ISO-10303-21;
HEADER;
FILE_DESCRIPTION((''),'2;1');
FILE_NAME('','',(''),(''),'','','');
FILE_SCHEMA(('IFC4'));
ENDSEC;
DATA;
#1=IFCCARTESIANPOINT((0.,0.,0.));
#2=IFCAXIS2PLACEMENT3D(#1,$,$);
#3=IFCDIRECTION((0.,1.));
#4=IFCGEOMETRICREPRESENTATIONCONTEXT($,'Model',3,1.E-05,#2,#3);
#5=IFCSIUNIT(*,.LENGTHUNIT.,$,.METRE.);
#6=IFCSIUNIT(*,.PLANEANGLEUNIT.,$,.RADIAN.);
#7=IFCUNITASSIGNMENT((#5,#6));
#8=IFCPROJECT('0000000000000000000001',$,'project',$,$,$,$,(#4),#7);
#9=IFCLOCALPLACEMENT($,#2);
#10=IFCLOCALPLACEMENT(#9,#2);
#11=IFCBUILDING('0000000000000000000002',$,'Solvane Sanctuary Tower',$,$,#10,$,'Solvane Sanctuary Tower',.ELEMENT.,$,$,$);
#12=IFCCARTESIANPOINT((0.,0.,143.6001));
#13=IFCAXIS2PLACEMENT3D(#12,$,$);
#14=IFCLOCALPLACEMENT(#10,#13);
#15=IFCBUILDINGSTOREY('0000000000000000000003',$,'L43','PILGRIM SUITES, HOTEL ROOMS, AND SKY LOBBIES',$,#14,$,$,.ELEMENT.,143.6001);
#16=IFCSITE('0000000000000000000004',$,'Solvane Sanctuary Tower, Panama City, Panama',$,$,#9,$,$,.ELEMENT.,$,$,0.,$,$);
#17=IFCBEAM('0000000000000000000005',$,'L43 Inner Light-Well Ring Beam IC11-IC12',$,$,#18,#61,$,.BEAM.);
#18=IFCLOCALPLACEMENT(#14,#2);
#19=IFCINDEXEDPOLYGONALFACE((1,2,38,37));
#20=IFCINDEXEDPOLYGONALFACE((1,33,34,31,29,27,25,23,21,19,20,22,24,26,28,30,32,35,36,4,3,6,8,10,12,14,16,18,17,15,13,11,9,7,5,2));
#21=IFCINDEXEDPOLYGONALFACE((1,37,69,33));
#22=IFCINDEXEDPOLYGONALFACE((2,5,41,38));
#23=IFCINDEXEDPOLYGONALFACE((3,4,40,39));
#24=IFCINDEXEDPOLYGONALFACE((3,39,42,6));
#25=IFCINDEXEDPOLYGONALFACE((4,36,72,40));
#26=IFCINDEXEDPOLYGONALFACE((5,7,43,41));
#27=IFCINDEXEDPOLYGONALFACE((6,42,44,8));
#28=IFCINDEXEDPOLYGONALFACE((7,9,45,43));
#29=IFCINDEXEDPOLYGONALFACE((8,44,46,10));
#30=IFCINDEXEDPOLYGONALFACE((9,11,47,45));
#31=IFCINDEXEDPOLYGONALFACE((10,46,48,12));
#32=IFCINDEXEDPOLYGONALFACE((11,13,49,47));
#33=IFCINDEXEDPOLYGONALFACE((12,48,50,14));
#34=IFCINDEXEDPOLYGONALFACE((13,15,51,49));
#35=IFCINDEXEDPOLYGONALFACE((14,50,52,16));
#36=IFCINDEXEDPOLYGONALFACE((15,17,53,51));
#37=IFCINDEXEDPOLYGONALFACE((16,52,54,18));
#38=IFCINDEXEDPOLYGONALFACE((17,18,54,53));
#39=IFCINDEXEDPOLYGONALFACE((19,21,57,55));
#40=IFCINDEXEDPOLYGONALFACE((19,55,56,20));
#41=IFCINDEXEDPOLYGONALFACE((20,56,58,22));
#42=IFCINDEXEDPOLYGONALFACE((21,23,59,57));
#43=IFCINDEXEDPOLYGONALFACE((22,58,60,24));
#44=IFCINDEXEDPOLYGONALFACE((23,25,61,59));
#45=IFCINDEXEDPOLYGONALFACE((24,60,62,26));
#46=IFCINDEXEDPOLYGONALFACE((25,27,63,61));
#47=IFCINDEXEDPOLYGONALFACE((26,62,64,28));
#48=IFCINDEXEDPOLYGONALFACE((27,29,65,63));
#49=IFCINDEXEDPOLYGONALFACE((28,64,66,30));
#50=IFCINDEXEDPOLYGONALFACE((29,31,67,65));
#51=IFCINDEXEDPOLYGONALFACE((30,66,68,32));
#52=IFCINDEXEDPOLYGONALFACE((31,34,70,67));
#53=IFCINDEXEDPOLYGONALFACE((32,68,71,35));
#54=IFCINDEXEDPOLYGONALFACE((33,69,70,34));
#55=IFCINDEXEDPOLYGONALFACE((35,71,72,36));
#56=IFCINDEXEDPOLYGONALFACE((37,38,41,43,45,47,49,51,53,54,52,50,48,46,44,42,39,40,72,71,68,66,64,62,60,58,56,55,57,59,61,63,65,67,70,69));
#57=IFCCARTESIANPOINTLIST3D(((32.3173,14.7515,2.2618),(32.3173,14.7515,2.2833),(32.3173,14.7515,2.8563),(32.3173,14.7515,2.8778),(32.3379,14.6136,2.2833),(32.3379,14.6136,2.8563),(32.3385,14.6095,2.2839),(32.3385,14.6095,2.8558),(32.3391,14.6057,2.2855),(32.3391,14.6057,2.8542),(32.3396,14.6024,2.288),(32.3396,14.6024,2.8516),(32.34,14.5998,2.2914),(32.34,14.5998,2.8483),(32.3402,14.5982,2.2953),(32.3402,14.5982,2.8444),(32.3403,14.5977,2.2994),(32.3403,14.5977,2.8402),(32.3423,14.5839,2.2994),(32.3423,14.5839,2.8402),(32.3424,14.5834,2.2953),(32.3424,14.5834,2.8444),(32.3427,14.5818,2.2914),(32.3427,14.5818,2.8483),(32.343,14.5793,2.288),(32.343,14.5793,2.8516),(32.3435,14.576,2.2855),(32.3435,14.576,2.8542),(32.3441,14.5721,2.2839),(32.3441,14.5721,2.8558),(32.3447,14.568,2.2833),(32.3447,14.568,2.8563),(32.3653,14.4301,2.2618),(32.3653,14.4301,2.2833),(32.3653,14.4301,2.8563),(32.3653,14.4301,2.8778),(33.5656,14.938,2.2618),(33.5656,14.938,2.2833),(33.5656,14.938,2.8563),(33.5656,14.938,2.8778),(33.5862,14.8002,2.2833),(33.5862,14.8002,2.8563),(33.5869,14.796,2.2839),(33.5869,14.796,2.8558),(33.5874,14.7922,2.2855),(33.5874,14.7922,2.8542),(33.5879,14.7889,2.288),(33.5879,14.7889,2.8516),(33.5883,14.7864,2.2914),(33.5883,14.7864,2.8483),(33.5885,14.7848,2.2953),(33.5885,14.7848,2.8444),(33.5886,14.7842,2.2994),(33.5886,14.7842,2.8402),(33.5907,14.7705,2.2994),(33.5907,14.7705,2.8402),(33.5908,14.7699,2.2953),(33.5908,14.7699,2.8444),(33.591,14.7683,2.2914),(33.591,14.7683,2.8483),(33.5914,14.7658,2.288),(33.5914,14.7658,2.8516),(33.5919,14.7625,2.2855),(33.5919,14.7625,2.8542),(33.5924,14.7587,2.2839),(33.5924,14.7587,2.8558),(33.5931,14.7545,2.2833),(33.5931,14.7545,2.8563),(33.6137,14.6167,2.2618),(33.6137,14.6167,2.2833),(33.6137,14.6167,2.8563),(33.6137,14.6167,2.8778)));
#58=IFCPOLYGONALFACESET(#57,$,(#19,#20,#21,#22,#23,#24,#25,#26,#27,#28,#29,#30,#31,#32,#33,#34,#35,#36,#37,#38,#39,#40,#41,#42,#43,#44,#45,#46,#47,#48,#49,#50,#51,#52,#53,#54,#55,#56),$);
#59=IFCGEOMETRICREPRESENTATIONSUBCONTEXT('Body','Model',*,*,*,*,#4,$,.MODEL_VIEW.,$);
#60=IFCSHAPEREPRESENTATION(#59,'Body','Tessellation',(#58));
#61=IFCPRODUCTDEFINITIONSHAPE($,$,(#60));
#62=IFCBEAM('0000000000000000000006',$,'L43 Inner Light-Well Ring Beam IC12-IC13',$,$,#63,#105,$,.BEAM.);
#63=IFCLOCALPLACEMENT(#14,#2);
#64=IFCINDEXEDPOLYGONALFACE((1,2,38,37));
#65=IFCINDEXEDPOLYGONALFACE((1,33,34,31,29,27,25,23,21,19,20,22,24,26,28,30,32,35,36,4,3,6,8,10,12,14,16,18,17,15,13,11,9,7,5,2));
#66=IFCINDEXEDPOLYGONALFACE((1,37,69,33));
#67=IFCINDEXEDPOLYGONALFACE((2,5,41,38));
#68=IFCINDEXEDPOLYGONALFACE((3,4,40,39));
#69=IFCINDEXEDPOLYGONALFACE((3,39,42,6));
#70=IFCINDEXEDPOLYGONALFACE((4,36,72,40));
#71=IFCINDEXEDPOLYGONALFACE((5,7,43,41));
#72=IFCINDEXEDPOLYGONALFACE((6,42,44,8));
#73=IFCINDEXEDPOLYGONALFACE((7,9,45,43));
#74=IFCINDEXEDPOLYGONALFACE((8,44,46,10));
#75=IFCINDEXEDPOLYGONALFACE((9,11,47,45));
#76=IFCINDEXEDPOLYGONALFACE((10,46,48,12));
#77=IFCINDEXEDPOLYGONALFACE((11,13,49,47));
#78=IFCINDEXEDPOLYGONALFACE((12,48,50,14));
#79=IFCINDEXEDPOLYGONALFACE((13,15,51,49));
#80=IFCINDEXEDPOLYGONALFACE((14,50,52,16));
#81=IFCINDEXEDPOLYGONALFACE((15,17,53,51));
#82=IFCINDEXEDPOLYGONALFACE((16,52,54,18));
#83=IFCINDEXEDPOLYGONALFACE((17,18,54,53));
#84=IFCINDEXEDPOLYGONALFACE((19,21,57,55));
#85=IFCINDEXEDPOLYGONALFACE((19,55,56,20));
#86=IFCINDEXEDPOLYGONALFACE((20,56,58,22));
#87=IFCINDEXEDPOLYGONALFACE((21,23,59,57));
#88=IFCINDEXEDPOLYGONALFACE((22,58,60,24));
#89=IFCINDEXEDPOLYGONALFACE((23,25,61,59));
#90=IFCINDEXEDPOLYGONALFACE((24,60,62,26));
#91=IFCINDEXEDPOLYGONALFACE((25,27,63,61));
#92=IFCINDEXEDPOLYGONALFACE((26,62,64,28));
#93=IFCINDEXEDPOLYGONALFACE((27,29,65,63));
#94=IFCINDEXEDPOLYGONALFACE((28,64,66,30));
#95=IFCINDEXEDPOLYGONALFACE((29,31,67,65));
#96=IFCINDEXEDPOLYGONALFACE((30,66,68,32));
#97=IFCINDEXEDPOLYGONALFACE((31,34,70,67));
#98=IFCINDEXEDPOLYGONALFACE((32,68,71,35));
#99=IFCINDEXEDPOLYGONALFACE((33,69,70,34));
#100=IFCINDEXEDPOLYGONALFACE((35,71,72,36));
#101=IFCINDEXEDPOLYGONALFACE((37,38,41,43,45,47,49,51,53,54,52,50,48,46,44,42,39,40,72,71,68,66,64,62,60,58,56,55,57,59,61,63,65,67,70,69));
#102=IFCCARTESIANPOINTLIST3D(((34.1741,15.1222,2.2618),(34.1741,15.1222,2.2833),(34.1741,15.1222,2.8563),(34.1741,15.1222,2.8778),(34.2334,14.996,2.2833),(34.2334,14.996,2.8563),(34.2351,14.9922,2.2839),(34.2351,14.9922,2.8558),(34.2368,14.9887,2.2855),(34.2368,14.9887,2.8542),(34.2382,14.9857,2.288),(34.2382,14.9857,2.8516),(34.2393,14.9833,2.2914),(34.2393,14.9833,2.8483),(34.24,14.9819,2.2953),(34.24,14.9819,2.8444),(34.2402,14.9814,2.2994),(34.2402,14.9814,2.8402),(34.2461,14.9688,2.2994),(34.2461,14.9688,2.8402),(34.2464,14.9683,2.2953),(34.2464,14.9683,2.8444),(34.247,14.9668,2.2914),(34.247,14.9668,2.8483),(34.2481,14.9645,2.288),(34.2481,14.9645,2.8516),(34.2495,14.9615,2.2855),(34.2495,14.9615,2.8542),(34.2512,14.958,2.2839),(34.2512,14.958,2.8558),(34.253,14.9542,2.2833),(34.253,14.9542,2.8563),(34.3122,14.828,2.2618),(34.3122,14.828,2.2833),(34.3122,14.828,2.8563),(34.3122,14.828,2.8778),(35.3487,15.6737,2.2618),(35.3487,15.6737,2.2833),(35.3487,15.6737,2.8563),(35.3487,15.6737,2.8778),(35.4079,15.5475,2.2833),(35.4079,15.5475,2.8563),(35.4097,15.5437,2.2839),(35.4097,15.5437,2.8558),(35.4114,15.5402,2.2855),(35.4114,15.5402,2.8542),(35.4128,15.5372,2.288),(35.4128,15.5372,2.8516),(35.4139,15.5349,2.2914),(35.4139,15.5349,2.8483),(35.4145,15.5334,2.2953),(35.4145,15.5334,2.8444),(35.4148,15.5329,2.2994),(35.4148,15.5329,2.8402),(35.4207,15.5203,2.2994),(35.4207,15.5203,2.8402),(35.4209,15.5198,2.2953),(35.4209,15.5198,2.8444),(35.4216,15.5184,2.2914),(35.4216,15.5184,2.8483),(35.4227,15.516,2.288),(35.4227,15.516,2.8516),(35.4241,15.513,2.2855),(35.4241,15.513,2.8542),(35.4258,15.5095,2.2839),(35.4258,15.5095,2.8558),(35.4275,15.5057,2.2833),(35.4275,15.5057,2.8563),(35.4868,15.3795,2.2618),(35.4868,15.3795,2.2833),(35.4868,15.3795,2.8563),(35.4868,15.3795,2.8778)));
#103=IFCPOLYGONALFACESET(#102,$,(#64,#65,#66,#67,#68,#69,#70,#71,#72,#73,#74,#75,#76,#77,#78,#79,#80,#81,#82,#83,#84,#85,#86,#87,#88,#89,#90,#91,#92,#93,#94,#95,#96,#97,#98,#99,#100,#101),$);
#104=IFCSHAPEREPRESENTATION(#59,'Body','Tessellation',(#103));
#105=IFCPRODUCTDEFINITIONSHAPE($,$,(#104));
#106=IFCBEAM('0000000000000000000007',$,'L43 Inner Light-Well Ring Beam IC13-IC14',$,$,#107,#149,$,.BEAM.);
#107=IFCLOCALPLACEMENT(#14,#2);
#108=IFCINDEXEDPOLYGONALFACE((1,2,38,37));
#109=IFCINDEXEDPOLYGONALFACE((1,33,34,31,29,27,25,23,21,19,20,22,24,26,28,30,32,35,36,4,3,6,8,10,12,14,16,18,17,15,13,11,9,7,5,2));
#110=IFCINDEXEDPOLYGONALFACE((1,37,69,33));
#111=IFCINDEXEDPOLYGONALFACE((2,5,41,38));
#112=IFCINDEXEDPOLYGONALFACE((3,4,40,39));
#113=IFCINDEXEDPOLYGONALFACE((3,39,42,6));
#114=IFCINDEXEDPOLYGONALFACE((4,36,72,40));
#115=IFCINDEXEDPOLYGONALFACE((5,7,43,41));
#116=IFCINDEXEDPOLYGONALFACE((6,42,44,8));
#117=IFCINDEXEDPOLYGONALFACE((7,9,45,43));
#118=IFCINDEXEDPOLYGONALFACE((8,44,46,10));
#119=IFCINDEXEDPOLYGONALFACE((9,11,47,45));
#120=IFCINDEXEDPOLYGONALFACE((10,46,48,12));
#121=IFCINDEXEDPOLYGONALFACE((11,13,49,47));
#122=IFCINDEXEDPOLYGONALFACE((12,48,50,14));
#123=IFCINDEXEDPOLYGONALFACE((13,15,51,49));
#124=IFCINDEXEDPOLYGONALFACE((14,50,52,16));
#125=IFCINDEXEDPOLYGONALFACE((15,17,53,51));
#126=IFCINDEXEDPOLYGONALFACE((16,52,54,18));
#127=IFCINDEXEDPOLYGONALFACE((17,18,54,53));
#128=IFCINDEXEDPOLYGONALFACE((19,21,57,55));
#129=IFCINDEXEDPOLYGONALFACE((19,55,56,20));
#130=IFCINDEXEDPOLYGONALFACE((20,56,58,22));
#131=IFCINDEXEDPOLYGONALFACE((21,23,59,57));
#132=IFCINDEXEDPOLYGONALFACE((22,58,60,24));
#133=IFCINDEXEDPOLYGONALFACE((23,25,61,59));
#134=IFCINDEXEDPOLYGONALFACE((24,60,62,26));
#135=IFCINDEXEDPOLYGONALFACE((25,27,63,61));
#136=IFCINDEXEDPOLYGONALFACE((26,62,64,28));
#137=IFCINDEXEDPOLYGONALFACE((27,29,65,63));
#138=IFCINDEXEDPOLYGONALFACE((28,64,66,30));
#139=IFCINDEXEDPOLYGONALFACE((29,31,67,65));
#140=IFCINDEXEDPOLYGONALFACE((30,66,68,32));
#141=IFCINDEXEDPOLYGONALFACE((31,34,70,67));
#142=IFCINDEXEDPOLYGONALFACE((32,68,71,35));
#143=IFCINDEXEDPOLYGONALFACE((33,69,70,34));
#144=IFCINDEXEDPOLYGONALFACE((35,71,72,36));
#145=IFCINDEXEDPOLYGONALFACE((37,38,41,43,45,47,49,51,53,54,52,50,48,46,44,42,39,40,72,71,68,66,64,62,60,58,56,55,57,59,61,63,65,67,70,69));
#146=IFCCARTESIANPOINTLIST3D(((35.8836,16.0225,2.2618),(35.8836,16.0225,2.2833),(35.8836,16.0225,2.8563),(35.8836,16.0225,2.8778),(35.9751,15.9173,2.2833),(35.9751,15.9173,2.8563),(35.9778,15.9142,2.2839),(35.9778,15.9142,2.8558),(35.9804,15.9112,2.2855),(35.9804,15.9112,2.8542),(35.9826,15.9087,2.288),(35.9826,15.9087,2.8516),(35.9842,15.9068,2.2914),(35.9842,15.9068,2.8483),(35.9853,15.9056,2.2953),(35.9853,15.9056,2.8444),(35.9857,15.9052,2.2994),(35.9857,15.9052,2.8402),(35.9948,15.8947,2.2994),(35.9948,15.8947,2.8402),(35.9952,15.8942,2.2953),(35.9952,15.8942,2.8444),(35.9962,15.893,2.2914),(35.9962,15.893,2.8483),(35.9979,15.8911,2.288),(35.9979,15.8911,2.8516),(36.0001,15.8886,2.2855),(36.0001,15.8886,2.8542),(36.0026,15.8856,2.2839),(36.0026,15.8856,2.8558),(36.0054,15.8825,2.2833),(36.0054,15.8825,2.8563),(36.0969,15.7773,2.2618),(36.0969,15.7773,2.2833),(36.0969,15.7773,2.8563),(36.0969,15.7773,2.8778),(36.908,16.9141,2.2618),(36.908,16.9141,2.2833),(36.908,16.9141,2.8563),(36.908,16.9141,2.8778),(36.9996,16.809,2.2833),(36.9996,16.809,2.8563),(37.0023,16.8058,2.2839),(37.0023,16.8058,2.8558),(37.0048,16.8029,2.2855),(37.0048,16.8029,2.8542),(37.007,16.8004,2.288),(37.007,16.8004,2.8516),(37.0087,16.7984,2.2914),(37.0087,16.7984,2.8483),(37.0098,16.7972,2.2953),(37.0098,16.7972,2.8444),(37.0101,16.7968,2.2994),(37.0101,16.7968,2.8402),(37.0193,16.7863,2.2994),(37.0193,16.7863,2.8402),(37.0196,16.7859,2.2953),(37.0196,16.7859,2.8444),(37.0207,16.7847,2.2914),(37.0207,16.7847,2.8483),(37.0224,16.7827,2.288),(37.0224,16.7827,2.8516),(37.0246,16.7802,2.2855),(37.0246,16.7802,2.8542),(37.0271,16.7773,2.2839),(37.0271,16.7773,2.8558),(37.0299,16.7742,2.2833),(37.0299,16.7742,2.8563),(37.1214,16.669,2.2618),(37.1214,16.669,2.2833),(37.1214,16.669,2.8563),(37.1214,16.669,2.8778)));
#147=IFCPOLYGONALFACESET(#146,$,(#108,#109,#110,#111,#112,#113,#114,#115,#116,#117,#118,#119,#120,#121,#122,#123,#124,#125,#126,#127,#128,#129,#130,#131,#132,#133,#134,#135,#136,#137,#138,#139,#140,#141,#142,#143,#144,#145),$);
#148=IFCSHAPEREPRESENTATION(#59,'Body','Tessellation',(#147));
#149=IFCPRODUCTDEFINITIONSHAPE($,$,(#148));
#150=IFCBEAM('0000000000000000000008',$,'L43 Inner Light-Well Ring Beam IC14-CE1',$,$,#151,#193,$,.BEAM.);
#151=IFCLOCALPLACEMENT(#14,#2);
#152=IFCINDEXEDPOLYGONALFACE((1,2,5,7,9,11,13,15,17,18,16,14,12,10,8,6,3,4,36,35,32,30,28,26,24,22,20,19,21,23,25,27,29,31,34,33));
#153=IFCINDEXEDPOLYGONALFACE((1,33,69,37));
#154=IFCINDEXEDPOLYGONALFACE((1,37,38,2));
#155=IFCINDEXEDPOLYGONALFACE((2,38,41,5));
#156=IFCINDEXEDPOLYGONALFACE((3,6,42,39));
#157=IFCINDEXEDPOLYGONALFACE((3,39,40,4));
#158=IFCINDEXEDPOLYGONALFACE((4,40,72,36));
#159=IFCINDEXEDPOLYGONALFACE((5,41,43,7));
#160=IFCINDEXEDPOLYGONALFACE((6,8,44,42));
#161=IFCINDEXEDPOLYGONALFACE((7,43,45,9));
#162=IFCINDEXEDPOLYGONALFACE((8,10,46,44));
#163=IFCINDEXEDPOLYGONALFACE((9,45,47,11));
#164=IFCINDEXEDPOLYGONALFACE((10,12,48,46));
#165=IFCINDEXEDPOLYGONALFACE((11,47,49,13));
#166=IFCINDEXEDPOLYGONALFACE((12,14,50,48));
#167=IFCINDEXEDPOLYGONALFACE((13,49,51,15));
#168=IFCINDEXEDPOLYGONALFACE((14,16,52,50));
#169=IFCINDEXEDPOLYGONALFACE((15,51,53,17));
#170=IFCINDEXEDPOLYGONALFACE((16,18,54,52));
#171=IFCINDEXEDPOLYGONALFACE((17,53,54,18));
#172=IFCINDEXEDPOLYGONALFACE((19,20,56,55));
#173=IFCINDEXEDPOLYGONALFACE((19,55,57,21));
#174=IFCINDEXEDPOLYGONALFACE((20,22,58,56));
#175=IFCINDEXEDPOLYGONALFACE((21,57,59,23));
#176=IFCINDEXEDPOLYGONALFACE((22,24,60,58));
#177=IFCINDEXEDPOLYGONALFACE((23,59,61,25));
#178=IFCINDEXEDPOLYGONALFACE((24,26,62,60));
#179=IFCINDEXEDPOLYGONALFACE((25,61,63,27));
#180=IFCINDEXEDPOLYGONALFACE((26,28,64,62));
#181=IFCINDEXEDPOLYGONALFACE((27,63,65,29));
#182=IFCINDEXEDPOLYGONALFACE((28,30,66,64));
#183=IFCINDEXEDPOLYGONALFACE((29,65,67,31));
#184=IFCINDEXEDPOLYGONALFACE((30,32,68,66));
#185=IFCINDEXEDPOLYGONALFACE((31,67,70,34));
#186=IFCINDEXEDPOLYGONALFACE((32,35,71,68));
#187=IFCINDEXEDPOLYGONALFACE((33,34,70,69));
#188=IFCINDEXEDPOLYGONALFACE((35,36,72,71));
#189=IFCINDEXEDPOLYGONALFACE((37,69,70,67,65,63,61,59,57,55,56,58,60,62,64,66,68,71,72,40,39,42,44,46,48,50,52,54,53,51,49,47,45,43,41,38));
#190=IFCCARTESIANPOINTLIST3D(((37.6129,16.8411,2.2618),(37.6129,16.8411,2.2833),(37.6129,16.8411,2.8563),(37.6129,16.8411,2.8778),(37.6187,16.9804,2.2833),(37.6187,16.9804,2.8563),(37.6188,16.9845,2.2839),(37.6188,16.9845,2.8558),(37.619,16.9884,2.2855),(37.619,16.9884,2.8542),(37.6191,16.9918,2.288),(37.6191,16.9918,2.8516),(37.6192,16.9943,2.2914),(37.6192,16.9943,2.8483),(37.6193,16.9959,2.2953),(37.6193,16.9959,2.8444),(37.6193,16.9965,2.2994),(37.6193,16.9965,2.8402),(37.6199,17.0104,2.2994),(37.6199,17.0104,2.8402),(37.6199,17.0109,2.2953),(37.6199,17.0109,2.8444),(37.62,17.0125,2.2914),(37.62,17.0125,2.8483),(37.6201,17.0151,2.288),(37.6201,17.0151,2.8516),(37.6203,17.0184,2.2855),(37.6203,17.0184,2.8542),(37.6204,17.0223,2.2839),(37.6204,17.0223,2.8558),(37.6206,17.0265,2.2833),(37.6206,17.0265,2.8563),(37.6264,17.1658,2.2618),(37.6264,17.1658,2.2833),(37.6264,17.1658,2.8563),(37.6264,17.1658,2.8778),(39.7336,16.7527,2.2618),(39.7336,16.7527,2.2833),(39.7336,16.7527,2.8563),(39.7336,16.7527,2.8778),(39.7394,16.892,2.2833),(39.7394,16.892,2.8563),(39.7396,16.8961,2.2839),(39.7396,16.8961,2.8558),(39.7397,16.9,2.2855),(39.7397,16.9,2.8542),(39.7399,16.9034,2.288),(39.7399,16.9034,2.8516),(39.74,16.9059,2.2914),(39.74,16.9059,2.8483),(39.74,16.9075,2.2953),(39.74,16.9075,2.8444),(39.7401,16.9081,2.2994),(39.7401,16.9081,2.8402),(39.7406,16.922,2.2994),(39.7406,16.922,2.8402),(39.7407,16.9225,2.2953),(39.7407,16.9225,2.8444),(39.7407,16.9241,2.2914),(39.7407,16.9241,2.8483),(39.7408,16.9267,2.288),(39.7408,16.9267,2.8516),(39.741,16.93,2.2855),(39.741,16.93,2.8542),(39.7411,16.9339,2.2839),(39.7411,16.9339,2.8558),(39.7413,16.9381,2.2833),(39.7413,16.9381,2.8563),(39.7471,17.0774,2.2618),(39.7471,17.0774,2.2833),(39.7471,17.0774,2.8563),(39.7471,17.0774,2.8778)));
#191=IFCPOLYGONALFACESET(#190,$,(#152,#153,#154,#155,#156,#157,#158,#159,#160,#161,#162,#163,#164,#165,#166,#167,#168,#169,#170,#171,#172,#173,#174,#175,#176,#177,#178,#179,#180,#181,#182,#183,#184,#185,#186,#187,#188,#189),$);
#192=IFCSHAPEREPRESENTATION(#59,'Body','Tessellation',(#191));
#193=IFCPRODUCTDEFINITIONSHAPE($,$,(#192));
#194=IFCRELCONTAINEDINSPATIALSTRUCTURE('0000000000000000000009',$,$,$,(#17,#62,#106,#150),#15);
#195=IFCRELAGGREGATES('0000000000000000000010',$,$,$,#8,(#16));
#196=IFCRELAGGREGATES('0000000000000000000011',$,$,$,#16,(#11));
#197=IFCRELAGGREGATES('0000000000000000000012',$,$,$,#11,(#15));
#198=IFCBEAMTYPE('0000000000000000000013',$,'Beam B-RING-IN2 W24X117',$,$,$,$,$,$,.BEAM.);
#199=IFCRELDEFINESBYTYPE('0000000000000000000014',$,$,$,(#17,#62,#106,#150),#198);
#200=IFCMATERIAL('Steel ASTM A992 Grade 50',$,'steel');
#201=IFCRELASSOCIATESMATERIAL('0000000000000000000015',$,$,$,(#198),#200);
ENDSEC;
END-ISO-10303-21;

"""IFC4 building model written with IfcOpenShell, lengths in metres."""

from ifc_helpers import new_model, si_unit, direction, frame, origin, origin_2d, place, context, subcontext, project, spatial, i_section, extrude, material, material_profile, profile_set, type_object, element, save


model = new_model("IFC4")

# Units and contexts
model_context = context("Model", 3, precision=1e-05, world=origin(), true_north=direction((0.0, 1.0)))
body_context = subcontext(model_context, "Body", "Model", "MODEL_VIEW")
ifc_project = project(units=[si_unit("LENGTHUNIT", "METRE"), si_unit("PLANEANGLEUNIT", "RADIAN")], contexts=[model_context])

# Site, building, storey
site_placement = place(None, origin())
site = spatial("IfcSite", under=ifc_project, at=site_placement, Name="Solvane Sanctuary Tower, Panama City, Panama", CompositionType="ELEMENT", RefElevation=0.0)
building_placement = place(site_placement, origin())
building = spatial("IfcBuilding", under=site, at=building_placement, Name="Solvane Sanctuary Tower", LongName="Solvane Sanctuary Tower", CompositionType="ELEMENT")
storey_placement = place(building_placement, frame((0.0, 0.0, 143.6001)))
storey = spatial("IfcBuildingStorey", under=building, at=storey_placement, Name="L43", Description="PILGRIM SUITES, HOTEL ROOMS, AND SKY LOBBIES", CompositionType="ELEMENT", Elevation=143.6001)

# Beams
ifc_material_1 = material(Name="Steel ASTM A992 Grade 50", Category="steel")
ifc_material_profile_1 = material_profile(ifc_material_1, i_section(OverallWidth=0.325, OverallDepth=0.616, WebThickness=0.0139, FlangeThickness=0.0215, FilletRadius=0.0161, at=origin_2d()), Name="W24X117")
ifc_profile_set_1 = profile_set([ifc_material_profile_1], Name="Steel ASTM A992 Grade 50")
beam_type_1 = type_object("IfcBeamType", Name="Beam B-RING-IN2 W24X117", PredefinedType="BEAM", material=ifc_profile_set_1)
for number, where, z_axis, x_axis, name in (
    (1, (32.3413, 14.5908, 2.5698), (0.98902, 0.147782, 0.0), (-0.147782, 0.98902, 0.0), "L43 Inner Light-Well Ring Beam IC11-IC12"),
):
    element("IfcBeam", number, at=place(storey_placement, frame(where, z_axis=z_axis, x_axis=x_axis)), inside=storey, type_object=beam_type_1, Name=name, PredefinedType="BEAM", context=body_context, shape_type="SweptSolid", body=[
        extrude(i_section(OverallWidth=0.325, OverallDepth=0.616, WebThickness=0.0139, FlangeThickness=0.0215, FilletRadius=0.0161, at=origin_2d()), origin(), (0.0, 0.0, 1.0), 1.2622),
    ])
beam_1_placement = place(storey_placement, frame((34.2432, 14.9751, 2.5698), z_axis=(0.905181, 0.425027, 0.0), x_axis=(-0.425027, 0.905181, 0.0)))
element("IfcBeam", 2, at=beam_1_placement, inside=storey, type_object=beam_type_1, Name="L43 Inner Light-Well Ring Beam IC12-IC13", PredefinedType="BEAM", context=body_context, shape_type="SweptSolid", body=[
    extrude(i_section(OverallWidth=0.325, OverallDepth=0.616, WebThickness=0.0139, FlangeThickness=0.0215, FilletRadius=0.0161, at=origin_2d()), origin(), (0.0, 0.0, 1.0), 1.2976),
])
beam_2_placement = place(storey_placement, frame((35.9902, 15.8999, 2.5698), z_axis=(0.754311, 0.656517, 0.0), x_axis=(-0.656517, 0.754311, 0.0)))
element("IfcBeam", 3, at=beam_2_placement, inside=storey, type_object=beam_type_1, Name="L43 Inner Light-Well Ring Beam IC13-IC14", PredefinedType="BEAM", context=body_context, shape_type="SweptSolid", body=[
    extrude(i_section(OverallWidth=0.325, OverallDepth=0.616, WebThickness=0.0139, FlangeThickness=0.0215, FilletRadius=0.0161, at=origin_2d()), origin(), (0.0, 0.0, 1.0), 1.3582),
])
beam_3_placement = place(storey_placement, frame((37.6196, 17.0034, 2.5698), z_axis=(0.999133, -0.04164, 0.0), x_axis=(0.04164, 0.999133, 0.0)))
element("IfcBeam", 4, at=beam_3_placement, inside=storey, type_object=beam_type_1, Name="L43 Inner Light-Well Ring Beam IC14-CE1", PredefinedType="BEAM", context=body_context, shape_type="SweptSolid", body=[
    extrude(i_section(OverallWidth=0.325, OverallDepth=0.616, WebThickness=0.0139, FlangeThickness=0.0215, FilletRadius=0.0161, at=origin_2d()), origin(), (0.0, 0.0, 1.0), 2.1226),
])

save(model, "model.ifc")
